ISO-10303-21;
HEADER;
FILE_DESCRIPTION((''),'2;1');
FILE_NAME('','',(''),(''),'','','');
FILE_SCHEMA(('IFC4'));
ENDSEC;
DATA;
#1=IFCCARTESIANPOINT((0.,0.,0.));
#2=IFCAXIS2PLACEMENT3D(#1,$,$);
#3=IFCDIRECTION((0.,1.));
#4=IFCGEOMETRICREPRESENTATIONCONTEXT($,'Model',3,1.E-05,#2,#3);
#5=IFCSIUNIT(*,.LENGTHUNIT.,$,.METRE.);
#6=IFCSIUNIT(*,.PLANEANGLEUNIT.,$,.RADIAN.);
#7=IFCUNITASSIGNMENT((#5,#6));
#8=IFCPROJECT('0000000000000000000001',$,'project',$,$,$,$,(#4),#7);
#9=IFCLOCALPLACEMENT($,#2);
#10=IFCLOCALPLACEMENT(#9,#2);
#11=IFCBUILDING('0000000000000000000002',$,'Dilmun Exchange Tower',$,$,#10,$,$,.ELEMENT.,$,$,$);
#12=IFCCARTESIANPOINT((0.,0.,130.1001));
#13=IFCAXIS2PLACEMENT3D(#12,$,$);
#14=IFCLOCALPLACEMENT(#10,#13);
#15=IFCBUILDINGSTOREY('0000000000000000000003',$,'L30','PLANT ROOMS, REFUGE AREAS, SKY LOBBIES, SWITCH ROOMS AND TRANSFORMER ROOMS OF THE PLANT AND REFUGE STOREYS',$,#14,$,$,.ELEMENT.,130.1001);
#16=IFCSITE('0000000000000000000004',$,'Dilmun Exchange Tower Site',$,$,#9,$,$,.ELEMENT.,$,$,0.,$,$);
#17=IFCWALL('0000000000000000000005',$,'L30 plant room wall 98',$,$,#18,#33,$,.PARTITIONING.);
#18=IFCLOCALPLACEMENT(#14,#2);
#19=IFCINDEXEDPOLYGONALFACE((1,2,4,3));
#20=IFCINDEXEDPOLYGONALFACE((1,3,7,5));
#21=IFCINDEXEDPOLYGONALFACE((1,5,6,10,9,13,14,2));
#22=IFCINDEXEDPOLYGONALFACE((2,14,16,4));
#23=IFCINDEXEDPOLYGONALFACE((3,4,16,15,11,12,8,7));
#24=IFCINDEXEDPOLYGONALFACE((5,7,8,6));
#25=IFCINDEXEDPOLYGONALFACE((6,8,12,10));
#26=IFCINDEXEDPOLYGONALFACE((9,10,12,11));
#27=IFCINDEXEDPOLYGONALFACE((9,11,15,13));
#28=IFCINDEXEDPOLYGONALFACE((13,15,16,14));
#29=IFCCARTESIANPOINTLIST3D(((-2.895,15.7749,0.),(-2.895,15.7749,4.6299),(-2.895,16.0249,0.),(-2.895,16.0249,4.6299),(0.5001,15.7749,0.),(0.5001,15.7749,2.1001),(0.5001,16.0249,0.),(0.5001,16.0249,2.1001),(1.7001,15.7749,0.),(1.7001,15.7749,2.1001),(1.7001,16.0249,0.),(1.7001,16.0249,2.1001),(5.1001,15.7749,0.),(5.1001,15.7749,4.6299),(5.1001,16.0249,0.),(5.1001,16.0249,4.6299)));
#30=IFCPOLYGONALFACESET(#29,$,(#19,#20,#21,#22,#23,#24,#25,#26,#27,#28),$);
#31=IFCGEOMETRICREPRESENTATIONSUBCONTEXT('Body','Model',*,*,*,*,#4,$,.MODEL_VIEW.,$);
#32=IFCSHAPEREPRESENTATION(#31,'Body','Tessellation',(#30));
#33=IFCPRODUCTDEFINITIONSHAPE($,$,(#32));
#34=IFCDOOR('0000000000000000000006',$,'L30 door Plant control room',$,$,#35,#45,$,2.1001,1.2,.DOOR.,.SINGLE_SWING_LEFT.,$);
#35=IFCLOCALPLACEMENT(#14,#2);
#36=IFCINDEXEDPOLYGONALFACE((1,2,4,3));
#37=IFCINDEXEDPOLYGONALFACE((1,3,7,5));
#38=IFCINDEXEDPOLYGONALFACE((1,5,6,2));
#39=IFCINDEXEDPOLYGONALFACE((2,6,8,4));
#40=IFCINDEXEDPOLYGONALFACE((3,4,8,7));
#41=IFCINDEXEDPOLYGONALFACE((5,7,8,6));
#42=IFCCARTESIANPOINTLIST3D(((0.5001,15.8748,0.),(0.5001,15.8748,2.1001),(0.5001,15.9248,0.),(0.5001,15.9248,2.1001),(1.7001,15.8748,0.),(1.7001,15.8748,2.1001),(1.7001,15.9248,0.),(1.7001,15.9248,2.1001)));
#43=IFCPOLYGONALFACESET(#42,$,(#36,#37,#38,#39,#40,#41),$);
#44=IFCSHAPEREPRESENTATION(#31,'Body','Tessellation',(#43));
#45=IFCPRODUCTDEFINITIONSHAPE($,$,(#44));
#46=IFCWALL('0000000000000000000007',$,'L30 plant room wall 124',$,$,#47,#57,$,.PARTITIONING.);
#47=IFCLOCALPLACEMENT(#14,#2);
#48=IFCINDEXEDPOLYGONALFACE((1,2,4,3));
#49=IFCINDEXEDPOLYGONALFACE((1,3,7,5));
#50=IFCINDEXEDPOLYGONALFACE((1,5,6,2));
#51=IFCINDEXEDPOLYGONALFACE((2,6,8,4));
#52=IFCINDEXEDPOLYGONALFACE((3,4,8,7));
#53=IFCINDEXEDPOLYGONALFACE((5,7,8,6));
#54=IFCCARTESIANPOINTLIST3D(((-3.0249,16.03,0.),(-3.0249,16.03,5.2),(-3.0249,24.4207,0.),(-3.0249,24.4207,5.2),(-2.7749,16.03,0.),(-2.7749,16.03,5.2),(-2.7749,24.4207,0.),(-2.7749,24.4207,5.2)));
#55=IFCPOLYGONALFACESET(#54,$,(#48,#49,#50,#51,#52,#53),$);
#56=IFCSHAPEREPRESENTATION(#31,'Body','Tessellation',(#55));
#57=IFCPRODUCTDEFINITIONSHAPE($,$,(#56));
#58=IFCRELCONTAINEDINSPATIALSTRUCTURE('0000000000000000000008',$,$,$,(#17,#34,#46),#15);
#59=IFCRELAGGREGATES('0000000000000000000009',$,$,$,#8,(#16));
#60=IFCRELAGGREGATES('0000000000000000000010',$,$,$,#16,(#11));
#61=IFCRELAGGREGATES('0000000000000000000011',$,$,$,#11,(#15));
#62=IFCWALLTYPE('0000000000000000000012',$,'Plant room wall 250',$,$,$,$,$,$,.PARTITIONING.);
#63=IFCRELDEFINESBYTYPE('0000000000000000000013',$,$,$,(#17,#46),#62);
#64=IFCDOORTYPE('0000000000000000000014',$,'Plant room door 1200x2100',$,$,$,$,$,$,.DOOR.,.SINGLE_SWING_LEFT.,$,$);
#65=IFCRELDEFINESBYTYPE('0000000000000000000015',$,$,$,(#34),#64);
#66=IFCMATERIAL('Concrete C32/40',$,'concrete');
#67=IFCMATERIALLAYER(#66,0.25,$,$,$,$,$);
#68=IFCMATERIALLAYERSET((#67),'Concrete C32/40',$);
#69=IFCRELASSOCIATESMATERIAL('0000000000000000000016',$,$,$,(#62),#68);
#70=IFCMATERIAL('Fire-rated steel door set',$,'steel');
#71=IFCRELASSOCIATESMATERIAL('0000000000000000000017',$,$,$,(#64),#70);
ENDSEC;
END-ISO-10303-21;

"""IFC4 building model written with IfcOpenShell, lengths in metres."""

from ifc_helpers import new_model, si_unit, direction, frame, frame_2d, origin, place, context, subcontext, project, spatial, rectangle, extrude, material, layer, layer_set, type_object, element, fill, save


model = new_model("IFC4")

# Units and contexts
model_context = context("Model", 3, precision=1e-05, world=origin(), true_north=direction((0.0, 1.0)))
body_context = subcontext(model_context, "Body", "Model", "MODEL_VIEW")
ifc_project = project(units=[si_unit("LENGTHUNIT", "METRE"), si_unit("PLANEANGLEUNIT", "RADIAN")], contexts=[model_context])

# Site, building, storey
site_placement = place(None, origin())
site = spatial("IfcSite", under=ifc_project, at=site_placement, Name="Dilmun Exchange Tower Site", CompositionType="ELEMENT", RefElevation=0.0)
building_placement = place(site_placement, origin())
building = spatial("IfcBuilding", under=site, at=building_placement, Name="Dilmun Exchange Tower", CompositionType="ELEMENT")
storey_placement = place(building_placement, frame((0.0, 0.0, 130.1001)))
storey = spatial("IfcBuildingStorey", under=building, at=storey_placement, Name="L30", Description="PLANT ROOMS, REFUGE AREAS, SKY LOBBIES, SWITCH ROOMS AND TRANSFORMER ROOMS OF THE PLANT AND REFUGE STOREYS", CompositionType="ELEMENT", Elevation=130.1001)

# Shared definitions
ifc_material_1 = material(Name="Fire-rated steel door set", Category="steel")

# Wall, opening, door
ifc_material_2 = material(Name="Concrete C32/40", Category="concrete")
ifc_layer_1 = layer(ifc_material_2, 0.25)
ifc_layer_set_1 = layer_set([ifc_layer_1], Name="Concrete C32/40")
wall_type_1 = type_object("IfcWallType", Name="Plant room wall 250", PredefinedType="PARTITIONING", material=ifc_layer_set_1)
wall_1_placement = place(storey_placement, frame((-2.895, 15.8999, 0.0), z_axis=(0.0, 0.0, 1.0), x_axis=(1.0, 0.0, 0.0)))
wall_1 = element("IfcWall", 1, at=wall_1_placement, inside=storey, type_object=wall_type_1, Name="L30 plant room wall 98", PredefinedType="PARTITIONING", context=body_context, shape_type="SweptSolid", body=[
    extrude(rectangle(XDim=7.9951, YDim=0.25, at=frame_2d((3.9976, 0.0))), origin(), (0.0, 0.0, 1.0), 4.6299),
])
opening_1_placement = place(wall_1_placement, frame((3.395, 0.0, 0.0)))
opening_1 = element("IfcOpeningElement", 2, at=opening_1_placement, cuts=wall_1, PredefinedType="OPENING", context=body_context, shape_type="SweptSolid", body=[
    extrude(rectangle(XDim=1.2, YDim=2.1001, at=frame_2d((0.6001, 1.05))), frame((0.0, 0.135, 0.0), z_axis=(0.0, -1.0, 0.0), x_axis=(1.0, 0.0, 0.0)), (0.0, 0.0, 1.0), 0.27),
])
door_type_1 = type_object("IfcDoorType", Name="Plant room door 1200x2100", OperationType="SINGLE_SWING_LEFT", PredefinedType="DOOR", material=ifc_material_1)
door_1_placement = place(opening_1_placement, origin())
door_1 = element("IfcDoor", 3, at=door_1_placement, inside=storey, type_object=door_type_1, Name="L30 door Plant control room", OperationType="SINGLE_SWING_LEFT", OverallHeight=2.1001, OverallWidth=1.2, PredefinedType="DOOR", context=body_context, shape_type="SweptSolid", body=[
    extrude(rectangle(XDim=1.2, YDim=2.1001, at=frame_2d((0.6001, 1.05))), frame((0.0, 0.0249, 0.0), z_axis=(0.0, -1.0, 0.0), x_axis=(1.0, 0.0, 0.0)), (0.0, 0.0, 1.0), 0.05),
])
fill(opening_1, door_1)

# Wall
wall_2_placement = place(storey_placement, frame((-2.8999, 16.03, 0.0), z_axis=(0.0, 0.0, 1.0), x_axis=(0.0, 1.0, 0.0)))
element("IfcWall", 4, at=wall_2_placement, inside=storey, type_object=wall_type_1, Name="L30 plant room wall 124", PredefinedType="PARTITIONING", context=body_context, shape_type="SweptSolid", body=[
    extrude(rectangle(XDim=8.3906, YDim=0.25, at=frame_2d((4.1953, 0.0))), origin(), (0.0, 0.0, 1.0), 5.2),
])

save(model, "model.ifc")
